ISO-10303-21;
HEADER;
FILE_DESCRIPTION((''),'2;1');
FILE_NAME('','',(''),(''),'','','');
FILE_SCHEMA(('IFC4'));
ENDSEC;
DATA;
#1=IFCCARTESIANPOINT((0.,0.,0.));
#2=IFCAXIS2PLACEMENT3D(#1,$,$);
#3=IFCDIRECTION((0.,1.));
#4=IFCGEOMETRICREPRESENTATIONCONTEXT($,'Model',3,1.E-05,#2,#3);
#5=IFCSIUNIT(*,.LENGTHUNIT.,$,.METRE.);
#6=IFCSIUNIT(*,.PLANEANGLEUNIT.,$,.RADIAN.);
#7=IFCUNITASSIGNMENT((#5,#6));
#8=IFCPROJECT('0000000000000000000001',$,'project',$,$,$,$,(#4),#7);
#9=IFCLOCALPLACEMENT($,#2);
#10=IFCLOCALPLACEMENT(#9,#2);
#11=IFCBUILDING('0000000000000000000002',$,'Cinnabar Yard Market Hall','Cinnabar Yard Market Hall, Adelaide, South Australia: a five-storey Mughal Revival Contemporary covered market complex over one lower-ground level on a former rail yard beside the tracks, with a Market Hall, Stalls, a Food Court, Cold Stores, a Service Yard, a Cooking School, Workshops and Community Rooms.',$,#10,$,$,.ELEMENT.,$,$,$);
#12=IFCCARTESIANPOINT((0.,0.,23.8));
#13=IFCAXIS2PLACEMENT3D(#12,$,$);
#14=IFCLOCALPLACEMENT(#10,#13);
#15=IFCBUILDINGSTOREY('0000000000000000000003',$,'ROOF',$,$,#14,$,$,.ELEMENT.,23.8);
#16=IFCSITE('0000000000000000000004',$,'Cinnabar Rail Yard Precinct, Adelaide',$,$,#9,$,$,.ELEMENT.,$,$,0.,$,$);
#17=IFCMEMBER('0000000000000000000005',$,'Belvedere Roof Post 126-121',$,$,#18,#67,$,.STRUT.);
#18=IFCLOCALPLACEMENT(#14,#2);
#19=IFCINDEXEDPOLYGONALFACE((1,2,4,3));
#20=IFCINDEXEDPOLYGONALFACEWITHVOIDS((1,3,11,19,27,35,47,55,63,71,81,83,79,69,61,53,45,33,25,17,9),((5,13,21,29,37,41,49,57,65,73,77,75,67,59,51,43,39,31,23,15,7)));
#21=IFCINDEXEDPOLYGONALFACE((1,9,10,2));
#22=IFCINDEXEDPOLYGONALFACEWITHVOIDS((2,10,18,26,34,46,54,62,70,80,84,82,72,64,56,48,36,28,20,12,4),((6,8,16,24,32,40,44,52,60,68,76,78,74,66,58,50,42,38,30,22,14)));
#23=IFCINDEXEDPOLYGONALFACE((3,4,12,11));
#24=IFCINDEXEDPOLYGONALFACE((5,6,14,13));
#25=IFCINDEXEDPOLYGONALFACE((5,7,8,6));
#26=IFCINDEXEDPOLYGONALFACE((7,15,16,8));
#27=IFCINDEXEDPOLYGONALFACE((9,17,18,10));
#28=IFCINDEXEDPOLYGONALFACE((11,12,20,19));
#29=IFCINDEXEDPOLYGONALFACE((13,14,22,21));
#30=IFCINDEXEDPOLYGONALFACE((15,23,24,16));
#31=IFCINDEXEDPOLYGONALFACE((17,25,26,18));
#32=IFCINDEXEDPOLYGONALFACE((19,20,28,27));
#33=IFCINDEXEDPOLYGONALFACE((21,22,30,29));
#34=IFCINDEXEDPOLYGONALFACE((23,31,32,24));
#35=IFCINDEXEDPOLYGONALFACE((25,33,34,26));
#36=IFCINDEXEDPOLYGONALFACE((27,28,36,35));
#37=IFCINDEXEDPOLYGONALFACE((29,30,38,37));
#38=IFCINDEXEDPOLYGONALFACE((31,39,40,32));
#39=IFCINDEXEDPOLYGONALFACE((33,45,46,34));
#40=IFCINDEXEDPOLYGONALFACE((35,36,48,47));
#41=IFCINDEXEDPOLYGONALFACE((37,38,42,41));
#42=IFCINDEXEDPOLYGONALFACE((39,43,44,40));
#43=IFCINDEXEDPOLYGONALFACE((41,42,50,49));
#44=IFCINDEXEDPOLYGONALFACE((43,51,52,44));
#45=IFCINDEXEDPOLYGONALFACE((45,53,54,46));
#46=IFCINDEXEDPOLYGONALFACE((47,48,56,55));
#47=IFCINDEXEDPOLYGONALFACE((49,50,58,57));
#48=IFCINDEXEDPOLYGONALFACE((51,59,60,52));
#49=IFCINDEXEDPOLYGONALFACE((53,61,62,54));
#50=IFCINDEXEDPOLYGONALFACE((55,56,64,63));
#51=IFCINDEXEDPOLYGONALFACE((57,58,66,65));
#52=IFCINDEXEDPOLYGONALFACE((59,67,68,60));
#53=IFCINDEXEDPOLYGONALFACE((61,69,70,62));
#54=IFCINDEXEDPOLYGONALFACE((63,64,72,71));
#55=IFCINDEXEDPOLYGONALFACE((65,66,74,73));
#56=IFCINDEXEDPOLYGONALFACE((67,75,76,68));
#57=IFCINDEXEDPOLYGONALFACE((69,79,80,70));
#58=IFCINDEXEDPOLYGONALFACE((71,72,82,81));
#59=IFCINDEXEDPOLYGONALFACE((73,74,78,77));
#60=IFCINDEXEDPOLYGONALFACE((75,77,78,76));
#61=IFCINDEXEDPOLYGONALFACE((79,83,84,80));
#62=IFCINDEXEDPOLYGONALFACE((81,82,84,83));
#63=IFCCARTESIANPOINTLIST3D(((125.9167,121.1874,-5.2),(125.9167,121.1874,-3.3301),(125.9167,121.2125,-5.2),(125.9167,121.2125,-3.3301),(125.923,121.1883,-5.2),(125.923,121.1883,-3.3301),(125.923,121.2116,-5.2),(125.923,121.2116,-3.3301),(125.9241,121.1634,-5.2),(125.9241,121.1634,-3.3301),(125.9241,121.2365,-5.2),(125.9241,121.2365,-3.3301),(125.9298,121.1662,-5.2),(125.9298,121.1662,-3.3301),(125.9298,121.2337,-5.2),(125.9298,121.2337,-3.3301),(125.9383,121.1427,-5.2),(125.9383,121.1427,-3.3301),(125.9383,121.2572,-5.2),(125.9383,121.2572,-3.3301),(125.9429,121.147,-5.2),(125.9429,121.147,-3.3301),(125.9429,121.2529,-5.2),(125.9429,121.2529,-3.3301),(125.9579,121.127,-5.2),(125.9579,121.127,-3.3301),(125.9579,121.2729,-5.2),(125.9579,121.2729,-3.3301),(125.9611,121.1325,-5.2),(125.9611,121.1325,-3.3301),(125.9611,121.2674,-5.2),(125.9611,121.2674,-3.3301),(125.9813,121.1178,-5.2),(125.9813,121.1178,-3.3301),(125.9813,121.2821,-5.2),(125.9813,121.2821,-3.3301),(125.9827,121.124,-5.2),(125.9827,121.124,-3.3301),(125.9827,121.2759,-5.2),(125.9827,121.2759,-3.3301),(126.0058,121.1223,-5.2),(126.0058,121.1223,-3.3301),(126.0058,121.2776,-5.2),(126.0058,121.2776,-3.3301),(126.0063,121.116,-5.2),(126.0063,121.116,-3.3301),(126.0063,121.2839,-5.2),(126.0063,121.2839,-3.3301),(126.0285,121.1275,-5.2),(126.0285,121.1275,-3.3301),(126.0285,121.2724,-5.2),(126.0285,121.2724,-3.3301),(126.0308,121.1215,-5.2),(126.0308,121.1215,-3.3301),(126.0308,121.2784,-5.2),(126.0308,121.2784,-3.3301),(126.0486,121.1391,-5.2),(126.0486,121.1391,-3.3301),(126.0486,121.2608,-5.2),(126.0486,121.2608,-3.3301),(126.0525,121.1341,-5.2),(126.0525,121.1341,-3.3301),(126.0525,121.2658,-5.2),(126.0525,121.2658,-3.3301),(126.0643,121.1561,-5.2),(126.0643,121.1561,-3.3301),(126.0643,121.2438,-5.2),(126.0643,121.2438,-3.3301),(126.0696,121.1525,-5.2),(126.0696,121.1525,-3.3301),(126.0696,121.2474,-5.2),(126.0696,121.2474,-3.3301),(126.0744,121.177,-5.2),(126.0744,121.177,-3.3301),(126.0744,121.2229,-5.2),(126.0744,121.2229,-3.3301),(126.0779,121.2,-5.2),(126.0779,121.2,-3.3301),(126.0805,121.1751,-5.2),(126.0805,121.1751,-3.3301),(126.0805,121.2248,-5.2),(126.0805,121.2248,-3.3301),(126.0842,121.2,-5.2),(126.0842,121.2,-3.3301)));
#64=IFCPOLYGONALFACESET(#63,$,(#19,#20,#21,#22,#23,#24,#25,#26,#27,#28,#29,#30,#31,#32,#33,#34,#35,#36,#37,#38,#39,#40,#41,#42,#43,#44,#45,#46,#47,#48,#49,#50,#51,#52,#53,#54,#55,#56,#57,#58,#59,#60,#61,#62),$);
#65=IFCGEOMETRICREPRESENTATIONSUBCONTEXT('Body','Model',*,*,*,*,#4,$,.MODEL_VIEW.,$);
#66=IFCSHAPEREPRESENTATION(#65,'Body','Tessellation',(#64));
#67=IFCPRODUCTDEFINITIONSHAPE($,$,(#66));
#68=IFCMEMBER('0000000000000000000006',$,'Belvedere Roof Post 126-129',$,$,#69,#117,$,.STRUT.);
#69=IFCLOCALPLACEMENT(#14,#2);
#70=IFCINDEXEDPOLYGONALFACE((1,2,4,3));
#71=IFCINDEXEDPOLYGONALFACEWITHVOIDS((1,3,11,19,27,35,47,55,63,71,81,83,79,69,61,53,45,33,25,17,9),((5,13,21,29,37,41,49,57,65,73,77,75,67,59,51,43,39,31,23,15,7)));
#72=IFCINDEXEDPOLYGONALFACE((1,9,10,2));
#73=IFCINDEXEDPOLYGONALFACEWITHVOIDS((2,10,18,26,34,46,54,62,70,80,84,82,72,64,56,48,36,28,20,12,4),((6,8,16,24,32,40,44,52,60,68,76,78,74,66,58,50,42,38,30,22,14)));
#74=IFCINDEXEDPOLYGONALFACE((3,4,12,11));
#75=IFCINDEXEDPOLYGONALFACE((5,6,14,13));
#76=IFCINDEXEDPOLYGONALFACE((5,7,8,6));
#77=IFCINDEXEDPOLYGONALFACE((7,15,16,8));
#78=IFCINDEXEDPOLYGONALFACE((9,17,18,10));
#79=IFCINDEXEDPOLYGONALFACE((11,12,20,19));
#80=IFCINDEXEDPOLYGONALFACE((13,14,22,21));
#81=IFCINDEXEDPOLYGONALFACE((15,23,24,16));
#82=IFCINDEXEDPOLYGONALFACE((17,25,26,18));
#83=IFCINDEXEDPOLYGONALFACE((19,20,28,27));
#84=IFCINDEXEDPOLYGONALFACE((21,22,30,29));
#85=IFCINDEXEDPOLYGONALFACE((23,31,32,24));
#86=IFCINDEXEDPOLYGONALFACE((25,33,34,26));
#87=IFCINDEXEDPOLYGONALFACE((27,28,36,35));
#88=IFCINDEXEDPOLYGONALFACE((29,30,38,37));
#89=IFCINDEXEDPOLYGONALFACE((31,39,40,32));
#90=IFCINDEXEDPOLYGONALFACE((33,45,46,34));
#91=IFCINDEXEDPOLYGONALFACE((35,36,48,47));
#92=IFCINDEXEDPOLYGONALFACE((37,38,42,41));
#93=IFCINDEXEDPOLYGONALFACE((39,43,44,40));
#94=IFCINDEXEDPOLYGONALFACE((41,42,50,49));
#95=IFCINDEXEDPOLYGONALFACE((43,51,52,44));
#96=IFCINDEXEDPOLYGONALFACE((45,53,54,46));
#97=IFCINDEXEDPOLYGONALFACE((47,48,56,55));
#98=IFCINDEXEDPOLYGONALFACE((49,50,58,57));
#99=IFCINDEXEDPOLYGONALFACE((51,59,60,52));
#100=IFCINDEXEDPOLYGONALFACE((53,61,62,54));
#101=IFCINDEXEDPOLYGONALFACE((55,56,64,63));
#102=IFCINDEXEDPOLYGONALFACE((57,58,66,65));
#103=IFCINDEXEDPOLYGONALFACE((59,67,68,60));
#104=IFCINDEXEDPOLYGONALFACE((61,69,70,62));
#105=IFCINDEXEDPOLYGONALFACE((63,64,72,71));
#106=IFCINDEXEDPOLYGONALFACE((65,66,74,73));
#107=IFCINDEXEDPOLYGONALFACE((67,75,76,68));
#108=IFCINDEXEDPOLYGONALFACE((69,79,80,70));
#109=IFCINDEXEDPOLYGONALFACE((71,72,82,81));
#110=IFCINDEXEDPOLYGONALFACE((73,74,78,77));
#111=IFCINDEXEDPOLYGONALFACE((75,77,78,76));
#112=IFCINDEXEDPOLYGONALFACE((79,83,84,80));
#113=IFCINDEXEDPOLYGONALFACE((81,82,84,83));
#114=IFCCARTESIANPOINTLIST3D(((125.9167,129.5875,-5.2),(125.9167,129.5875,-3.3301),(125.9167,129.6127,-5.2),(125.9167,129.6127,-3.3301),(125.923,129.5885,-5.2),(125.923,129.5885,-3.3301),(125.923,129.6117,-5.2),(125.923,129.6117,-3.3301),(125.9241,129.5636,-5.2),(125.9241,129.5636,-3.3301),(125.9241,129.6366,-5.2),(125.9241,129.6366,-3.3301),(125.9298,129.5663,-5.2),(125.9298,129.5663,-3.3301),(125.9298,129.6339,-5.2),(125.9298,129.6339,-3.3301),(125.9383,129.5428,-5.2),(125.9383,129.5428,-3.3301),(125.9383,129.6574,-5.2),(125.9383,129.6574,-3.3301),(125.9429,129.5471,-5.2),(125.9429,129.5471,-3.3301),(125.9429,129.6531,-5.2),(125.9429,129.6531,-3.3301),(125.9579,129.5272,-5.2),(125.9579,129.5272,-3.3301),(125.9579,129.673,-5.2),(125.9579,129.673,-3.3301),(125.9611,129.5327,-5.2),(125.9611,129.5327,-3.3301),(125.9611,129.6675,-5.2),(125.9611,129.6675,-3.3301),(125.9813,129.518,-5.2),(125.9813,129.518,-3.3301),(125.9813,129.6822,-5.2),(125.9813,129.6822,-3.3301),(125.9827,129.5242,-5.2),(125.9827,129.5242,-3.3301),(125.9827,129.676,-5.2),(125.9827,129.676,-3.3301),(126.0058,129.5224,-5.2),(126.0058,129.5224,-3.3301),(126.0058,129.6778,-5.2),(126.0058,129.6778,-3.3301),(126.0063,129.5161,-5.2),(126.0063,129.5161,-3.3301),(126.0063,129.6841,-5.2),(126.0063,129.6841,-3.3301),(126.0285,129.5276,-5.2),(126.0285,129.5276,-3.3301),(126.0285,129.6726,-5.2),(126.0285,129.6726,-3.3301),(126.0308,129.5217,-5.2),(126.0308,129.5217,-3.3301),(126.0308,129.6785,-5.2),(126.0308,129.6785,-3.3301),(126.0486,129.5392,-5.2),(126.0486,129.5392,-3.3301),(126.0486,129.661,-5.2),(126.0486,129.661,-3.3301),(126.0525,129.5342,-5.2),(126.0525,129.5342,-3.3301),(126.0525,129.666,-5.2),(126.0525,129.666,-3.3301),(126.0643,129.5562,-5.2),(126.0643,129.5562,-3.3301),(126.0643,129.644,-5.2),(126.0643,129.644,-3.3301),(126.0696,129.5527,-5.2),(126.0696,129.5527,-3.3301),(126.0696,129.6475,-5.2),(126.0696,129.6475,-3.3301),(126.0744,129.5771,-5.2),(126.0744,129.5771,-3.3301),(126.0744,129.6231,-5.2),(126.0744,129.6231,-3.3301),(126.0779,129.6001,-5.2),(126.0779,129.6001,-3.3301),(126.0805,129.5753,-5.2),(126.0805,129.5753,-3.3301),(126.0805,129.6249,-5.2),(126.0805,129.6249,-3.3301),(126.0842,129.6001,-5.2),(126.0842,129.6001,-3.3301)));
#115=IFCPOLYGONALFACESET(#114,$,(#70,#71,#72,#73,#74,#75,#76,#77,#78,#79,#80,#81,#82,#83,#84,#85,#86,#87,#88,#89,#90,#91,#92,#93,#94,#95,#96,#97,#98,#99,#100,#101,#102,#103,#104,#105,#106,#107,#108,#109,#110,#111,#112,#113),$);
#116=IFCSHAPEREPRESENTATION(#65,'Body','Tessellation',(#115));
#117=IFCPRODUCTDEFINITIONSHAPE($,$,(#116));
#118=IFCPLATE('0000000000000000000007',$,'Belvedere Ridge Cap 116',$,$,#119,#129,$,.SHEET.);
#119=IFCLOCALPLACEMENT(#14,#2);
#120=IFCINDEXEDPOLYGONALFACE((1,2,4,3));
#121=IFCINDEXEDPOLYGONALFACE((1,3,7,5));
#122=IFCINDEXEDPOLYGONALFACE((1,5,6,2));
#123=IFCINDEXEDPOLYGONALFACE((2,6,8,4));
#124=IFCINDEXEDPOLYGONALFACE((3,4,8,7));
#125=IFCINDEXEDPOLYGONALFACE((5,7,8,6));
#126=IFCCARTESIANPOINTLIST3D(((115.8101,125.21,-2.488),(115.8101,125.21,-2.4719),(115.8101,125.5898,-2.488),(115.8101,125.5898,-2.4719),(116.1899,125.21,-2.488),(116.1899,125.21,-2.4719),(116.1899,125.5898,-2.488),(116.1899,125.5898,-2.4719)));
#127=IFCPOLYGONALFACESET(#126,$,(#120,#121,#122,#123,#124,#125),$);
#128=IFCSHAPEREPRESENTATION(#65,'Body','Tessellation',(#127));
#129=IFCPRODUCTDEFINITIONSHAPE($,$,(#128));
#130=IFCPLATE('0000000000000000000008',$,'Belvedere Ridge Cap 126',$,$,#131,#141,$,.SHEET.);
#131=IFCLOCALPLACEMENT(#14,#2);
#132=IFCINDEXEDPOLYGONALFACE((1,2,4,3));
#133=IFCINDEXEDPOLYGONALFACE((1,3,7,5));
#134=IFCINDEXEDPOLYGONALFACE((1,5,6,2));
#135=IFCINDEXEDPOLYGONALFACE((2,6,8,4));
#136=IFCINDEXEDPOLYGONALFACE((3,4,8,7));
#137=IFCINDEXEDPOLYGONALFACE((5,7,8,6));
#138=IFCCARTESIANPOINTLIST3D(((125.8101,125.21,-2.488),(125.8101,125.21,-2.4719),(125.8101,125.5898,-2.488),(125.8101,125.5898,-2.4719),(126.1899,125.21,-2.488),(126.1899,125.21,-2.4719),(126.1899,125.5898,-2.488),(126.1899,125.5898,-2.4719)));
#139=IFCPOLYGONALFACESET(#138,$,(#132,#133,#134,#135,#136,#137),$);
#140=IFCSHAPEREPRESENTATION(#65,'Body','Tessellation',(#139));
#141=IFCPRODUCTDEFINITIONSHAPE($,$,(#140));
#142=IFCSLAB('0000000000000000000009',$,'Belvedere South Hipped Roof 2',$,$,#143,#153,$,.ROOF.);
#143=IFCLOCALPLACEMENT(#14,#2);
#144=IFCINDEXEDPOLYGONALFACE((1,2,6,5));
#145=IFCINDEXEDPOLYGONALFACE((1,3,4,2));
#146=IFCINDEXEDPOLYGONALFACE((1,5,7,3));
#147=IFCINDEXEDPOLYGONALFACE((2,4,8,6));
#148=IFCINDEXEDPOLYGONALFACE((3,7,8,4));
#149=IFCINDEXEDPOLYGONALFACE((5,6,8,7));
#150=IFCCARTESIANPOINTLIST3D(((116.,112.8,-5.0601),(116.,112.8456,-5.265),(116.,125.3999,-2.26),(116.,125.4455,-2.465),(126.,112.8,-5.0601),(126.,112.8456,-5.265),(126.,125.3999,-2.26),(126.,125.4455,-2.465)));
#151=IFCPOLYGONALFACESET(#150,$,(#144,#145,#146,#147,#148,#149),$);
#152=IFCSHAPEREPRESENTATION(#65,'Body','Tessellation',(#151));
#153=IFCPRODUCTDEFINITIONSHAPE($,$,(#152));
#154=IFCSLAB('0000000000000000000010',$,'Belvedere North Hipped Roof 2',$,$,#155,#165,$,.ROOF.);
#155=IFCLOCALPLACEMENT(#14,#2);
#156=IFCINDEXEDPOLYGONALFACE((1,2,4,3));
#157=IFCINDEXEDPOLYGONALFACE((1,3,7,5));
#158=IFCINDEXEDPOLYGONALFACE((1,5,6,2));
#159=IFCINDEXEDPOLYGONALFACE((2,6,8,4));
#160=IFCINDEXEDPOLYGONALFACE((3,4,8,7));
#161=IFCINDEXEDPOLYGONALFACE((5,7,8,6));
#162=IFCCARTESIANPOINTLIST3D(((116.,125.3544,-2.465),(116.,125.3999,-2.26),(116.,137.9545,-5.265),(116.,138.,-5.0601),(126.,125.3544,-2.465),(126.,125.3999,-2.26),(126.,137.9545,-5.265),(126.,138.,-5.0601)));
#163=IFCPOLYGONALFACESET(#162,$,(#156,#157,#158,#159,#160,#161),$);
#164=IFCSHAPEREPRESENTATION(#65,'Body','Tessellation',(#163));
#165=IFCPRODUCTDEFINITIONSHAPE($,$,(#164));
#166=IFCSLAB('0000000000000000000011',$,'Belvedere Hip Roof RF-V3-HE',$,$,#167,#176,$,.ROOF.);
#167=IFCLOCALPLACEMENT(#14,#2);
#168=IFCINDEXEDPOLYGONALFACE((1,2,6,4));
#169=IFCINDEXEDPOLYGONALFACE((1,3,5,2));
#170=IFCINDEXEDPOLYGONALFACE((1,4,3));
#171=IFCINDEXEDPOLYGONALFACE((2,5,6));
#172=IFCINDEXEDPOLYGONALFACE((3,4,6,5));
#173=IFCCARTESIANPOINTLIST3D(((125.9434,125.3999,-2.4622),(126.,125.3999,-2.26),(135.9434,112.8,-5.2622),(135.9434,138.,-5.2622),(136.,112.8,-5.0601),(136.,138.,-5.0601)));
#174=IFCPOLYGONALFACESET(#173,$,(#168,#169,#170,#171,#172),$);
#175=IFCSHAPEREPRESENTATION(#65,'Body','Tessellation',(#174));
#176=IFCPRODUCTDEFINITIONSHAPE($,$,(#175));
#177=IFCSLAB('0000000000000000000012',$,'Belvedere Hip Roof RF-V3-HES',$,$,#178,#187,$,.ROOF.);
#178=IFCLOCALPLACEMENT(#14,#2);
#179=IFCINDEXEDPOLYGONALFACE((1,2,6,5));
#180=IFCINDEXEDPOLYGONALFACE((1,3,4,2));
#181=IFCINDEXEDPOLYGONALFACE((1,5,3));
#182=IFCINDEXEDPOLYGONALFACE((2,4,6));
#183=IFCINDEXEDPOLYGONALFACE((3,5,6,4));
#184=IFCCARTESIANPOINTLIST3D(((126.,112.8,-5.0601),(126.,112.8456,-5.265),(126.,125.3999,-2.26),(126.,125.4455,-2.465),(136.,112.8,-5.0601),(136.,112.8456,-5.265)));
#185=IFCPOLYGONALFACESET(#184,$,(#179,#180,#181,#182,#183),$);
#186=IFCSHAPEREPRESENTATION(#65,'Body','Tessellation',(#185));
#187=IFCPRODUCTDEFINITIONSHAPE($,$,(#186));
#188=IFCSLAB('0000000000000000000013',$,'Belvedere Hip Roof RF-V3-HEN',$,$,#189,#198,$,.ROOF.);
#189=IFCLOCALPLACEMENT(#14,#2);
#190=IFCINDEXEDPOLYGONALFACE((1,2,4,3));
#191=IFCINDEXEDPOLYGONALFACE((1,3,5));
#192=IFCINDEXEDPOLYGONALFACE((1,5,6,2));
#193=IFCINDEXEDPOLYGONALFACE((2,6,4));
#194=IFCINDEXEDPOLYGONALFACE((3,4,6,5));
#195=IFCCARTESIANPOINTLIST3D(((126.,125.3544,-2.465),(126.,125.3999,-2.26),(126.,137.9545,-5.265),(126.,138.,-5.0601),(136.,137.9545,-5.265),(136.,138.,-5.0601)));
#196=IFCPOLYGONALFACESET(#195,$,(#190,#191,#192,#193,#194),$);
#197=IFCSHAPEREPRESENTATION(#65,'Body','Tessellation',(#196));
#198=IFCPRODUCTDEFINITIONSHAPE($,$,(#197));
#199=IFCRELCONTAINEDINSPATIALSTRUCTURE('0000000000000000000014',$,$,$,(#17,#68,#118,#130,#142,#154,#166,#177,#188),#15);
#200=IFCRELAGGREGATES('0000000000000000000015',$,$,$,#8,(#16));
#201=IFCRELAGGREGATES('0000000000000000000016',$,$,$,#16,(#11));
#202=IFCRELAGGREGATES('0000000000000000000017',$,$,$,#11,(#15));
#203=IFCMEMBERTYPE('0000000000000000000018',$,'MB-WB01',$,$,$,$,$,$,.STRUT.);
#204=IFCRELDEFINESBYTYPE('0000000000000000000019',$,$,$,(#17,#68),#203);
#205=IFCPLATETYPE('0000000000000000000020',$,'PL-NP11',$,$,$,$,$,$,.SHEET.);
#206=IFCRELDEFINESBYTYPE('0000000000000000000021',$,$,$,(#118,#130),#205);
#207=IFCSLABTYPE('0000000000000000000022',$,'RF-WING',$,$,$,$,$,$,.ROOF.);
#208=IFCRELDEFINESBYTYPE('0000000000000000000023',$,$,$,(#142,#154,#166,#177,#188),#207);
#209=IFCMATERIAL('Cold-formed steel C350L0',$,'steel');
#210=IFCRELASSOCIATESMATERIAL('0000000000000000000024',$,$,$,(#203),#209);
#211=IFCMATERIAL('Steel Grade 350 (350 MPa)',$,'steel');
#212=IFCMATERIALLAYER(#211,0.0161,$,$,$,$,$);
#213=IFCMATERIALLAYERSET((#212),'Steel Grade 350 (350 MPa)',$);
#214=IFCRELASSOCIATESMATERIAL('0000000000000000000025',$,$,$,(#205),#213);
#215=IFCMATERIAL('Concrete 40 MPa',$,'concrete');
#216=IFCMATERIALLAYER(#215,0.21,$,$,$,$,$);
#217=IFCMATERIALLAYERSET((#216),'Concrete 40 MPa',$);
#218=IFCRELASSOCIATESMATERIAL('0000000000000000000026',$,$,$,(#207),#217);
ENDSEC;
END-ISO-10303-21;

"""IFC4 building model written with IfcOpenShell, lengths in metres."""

from ifc_helpers import new_model, si_unit, direction, frame, origin, origin_2d_with_axis, place, context, subcontext, project, spatial, polyline, rectangle, hollow_circle, outline, extrude, material, layer, layer_set, material_profile, profile_set, type_object, element, save


model = new_model("IFC4")

# Units and contexts
model_context = context("Model", 3, precision=1e-05, world=origin(), true_north=direction((0.0, 1.0)))
body_context = subcontext(model_context, "Body", "Model", "MODEL_VIEW")
ifc_project = project(units=[si_unit("LENGTHUNIT", "METRE"), si_unit("PLANEANGLEUNIT", "RADIAN")], contexts=[model_context])

# Site, building, storey
site_placement = place(None, origin())
site = spatial("IfcSite", under=ifc_project, at=site_placement, Name="Cinnabar Rail Yard Precinct, Adelaide", CompositionType="ELEMENT", RefElevation=0.0)
building_placement = place(site_placement, origin())
building = spatial("IfcBuilding", under=site, at=building_placement, Name="Cinnabar Yard Market Hall", Description="Cinnabar Yard Market Hall, Adelaide, South Australia: a five-storey Mughal Revival Contemporary covered market complex over one lower-ground level on a former rail yard beside the tracks, with a Market Hall, Stalls, a Food Court, Cold Stores, a Service Yard, a Cooking School, Workshops and Community Rooms.", CompositionType="ELEMENT")
storey_placement = place(building_placement, frame((0.0, 0.0, 23.8)))
storey = spatial("IfcBuildingStorey", under=building, at=storey_placement, Name="ROOF", CompositionType="ELEMENT", Elevation=23.8)

# Shared definitions
ifc_material_1 = material(Name="Cold-formed steel C350L0", Category="steel")

# Members
ifc_material_profile_1 = material_profile(ifc_material_1, hollow_circle(Radius=0.0842, WallThickness=0.0063, at=origin_2d_with_axis()), Name="168.3x6.4CHS")
ifc_profile_set_1 = profile_set([ifc_material_profile_1], Name="Cold-formed steel C350L0")
member_type_1 = type_object("IfcMemberType", Name="MB-WB01", PredefinedType="STRUT", material=ifc_profile_set_1)
for number, where, z_axis, x_axis, name in (
    (1, (126.0, 121.2, -5.2), (0.0, 0.0, 1.0), (1.0, 0.0, 0.0), "Belvedere Roof Post 126-121"),
    (2, (126.0, 129.6001, -5.2), (0.0, 0.0, 1.0), (1.0, 0.0, 0.0), "Belvedere Roof Post 126-129"),
):
    element("IfcMember", number, at=place(storey_placement, frame(where, z_axis=z_axis, x_axis=x_axis)), inside=storey, type_object=member_type_1, Name=name, PredefinedType="STRUT", context=body_context, shape_type="SweptSolid", body=[
        extrude(hollow_circle(Radius=0.0842, WallThickness=0.0063, at=origin_2d_with_axis()), origin(), (0.0, 0.0, 1.0), 1.8699),
    ])

# Plates
ifc_material_2 = material(Name="Steel Grade 350 (350 MPa)", Category="steel")
ifc_layer_1 = layer(ifc_material_2, 0.0161)
ifc_layer_set_1 = layer_set([ifc_layer_1], Name="Steel Grade 350 (350 MPa)")
plate_type = type_object("IfcPlateType", Name="PL-NP11", PredefinedType="SHEET", material=ifc_layer_set_1)
for number, where, z_axis, x_axis, name in (
    (3, (116.0, 125.3999, -2.488), (0.0, 0.0, 1.0), (1.0, 0.0, 0.0), "Belvedere Ridge Cap 116"),
    (4, (126.0, 125.3999, -2.488), (0.0, 0.0, 1.0), (1.0, 0.0, 0.0), "Belvedere Ridge Cap 126"),
):
    element("IfcPlate", number, at=place(storey_placement, frame(where, z_axis=z_axis, x_axis=x_axis)), inside=storey, type_object=plate_type, Name=name, PredefinedType="SHEET", context=body_context, shape_type="SweptSolid", body=[
        extrude(rectangle(XDim=0.3799, YDim=0.3799, at=origin_2d_with_axis()), origin(), (0.0, 0.0, 1.0), 0.0161),
    ])

# Slabs
ifc_material_3 = material(Name="Concrete 40 MPa", Category="concrete")
ifc_layer_2 = layer(ifc_material_3, 0.21)
ifc_layer_set_2 = layer_set([ifc_layer_2], Name="Concrete 40 MPa")
slab_type = type_object("IfcSlabType", Name="RF-WING", PredefinedType="ROOF", material=ifc_layer_set_2)
slab_1_placement = place(storey_placement, frame((116.0, 112.8, -5.0601), z_axis=(0.0, -0.216936, 0.976186), x_axis=(1.0, 0.0, 0.0)))
element("IfcSlab", 5, at=slab_1_placement, inside=storey, type_object=slab_type, Name="Belvedere South Hipped Roof 2", PredefinedType="ROOF", context=body_context, shape_type="SweptSolid", body=[
    extrude(outline(polyline([(0.0, 0.0), (10.0, 0.0), (10.0, 12.9072), (0.0, 12.9072), (0.0, 0.0)])), origin(), (0.0, 0.0, -1.0), 0.21),
])
slab_2_placement = place(storey_placement, frame((116.0, 125.3999, -2.26), z_axis=(0.0, 0.216932, 0.976187), x_axis=(1.0, 0.0, 0.0)))
element("IfcSlab", 6, at=slab_2_placement, inside=storey, type_object=slab_type, Name="Belvedere North Hipped Roof 2", PredefinedType="ROOF", context=body_context, shape_type="SweptSolid", body=[
    extrude(outline(polyline([(0.0, 0.0), (10.0, 0.0), (10.0, 12.9075), (0.0, 12.9075), (0.0, 0.0)])), origin(), (0.0, 0.0, -1.0), 0.21),
])
slab_3_placement = place(storey_placement, frame((136.0, 112.8, -5.0601), z_axis=(0.269634, 0.0, 0.962963), x_axis=(0.0, 1.0, 0.0)))
element("IfcSlab", 7, at=slab_3_placement, inside=storey, type_object=slab_type, Name="Belvedere Hip Roof RF-V3-HE", PredefinedType="ROOF", context=body_context, shape_type="SweptSolid", body=[
    extrude(outline(polyline([(0.0, 0.0), (25.2, 0.0), (12.5999, 10.3846), (0.0, 0.0)])), origin(), (0.0, 0.0, -1.0), 0.21),
])
slab_4_placement = place(storey_placement, frame((126.0, 112.8, -5.0601), z_axis=(0.0, -0.216936, 0.976186), x_axis=(1.0, 0.0, 0.0)))
element("IfcSlab", 8, at=slab_4_placement, inside=storey, type_object=slab_type, Name="Belvedere Hip Roof RF-V3-HES", PredefinedType="ROOF", context=body_context, shape_type="SweptSolid", body=[
    extrude(outline(polyline([(0.0, 0.0), (10.0, 0.0), (0.0, 12.9072), (0.0, 0.0)])), origin(), (0.0, 0.0, -1.0), 0.21),
])
slab_5_placement = place(storey_placement, frame((136.0, 138.0, -5.0601), z_axis=(0.0, 0.216932, 0.976187), x_axis=(-1.0, 0.0, 0.0)))
element("IfcSlab", 9, at=slab_5_placement, inside=storey, type_object=slab_type, Name="Belvedere Hip Roof RF-V3-HEN", PredefinedType="ROOF", context=body_context, shape_type="SweptSolid", body=[
    extrude(outline(polyline([(0.0, 0.0), (10.0, 0.0), (10.0, 12.9075), (0.0, 0.0)])), origin(), (0.0, 0.0, -1.0), 0.21),
])

save(model, "model.ifc")
